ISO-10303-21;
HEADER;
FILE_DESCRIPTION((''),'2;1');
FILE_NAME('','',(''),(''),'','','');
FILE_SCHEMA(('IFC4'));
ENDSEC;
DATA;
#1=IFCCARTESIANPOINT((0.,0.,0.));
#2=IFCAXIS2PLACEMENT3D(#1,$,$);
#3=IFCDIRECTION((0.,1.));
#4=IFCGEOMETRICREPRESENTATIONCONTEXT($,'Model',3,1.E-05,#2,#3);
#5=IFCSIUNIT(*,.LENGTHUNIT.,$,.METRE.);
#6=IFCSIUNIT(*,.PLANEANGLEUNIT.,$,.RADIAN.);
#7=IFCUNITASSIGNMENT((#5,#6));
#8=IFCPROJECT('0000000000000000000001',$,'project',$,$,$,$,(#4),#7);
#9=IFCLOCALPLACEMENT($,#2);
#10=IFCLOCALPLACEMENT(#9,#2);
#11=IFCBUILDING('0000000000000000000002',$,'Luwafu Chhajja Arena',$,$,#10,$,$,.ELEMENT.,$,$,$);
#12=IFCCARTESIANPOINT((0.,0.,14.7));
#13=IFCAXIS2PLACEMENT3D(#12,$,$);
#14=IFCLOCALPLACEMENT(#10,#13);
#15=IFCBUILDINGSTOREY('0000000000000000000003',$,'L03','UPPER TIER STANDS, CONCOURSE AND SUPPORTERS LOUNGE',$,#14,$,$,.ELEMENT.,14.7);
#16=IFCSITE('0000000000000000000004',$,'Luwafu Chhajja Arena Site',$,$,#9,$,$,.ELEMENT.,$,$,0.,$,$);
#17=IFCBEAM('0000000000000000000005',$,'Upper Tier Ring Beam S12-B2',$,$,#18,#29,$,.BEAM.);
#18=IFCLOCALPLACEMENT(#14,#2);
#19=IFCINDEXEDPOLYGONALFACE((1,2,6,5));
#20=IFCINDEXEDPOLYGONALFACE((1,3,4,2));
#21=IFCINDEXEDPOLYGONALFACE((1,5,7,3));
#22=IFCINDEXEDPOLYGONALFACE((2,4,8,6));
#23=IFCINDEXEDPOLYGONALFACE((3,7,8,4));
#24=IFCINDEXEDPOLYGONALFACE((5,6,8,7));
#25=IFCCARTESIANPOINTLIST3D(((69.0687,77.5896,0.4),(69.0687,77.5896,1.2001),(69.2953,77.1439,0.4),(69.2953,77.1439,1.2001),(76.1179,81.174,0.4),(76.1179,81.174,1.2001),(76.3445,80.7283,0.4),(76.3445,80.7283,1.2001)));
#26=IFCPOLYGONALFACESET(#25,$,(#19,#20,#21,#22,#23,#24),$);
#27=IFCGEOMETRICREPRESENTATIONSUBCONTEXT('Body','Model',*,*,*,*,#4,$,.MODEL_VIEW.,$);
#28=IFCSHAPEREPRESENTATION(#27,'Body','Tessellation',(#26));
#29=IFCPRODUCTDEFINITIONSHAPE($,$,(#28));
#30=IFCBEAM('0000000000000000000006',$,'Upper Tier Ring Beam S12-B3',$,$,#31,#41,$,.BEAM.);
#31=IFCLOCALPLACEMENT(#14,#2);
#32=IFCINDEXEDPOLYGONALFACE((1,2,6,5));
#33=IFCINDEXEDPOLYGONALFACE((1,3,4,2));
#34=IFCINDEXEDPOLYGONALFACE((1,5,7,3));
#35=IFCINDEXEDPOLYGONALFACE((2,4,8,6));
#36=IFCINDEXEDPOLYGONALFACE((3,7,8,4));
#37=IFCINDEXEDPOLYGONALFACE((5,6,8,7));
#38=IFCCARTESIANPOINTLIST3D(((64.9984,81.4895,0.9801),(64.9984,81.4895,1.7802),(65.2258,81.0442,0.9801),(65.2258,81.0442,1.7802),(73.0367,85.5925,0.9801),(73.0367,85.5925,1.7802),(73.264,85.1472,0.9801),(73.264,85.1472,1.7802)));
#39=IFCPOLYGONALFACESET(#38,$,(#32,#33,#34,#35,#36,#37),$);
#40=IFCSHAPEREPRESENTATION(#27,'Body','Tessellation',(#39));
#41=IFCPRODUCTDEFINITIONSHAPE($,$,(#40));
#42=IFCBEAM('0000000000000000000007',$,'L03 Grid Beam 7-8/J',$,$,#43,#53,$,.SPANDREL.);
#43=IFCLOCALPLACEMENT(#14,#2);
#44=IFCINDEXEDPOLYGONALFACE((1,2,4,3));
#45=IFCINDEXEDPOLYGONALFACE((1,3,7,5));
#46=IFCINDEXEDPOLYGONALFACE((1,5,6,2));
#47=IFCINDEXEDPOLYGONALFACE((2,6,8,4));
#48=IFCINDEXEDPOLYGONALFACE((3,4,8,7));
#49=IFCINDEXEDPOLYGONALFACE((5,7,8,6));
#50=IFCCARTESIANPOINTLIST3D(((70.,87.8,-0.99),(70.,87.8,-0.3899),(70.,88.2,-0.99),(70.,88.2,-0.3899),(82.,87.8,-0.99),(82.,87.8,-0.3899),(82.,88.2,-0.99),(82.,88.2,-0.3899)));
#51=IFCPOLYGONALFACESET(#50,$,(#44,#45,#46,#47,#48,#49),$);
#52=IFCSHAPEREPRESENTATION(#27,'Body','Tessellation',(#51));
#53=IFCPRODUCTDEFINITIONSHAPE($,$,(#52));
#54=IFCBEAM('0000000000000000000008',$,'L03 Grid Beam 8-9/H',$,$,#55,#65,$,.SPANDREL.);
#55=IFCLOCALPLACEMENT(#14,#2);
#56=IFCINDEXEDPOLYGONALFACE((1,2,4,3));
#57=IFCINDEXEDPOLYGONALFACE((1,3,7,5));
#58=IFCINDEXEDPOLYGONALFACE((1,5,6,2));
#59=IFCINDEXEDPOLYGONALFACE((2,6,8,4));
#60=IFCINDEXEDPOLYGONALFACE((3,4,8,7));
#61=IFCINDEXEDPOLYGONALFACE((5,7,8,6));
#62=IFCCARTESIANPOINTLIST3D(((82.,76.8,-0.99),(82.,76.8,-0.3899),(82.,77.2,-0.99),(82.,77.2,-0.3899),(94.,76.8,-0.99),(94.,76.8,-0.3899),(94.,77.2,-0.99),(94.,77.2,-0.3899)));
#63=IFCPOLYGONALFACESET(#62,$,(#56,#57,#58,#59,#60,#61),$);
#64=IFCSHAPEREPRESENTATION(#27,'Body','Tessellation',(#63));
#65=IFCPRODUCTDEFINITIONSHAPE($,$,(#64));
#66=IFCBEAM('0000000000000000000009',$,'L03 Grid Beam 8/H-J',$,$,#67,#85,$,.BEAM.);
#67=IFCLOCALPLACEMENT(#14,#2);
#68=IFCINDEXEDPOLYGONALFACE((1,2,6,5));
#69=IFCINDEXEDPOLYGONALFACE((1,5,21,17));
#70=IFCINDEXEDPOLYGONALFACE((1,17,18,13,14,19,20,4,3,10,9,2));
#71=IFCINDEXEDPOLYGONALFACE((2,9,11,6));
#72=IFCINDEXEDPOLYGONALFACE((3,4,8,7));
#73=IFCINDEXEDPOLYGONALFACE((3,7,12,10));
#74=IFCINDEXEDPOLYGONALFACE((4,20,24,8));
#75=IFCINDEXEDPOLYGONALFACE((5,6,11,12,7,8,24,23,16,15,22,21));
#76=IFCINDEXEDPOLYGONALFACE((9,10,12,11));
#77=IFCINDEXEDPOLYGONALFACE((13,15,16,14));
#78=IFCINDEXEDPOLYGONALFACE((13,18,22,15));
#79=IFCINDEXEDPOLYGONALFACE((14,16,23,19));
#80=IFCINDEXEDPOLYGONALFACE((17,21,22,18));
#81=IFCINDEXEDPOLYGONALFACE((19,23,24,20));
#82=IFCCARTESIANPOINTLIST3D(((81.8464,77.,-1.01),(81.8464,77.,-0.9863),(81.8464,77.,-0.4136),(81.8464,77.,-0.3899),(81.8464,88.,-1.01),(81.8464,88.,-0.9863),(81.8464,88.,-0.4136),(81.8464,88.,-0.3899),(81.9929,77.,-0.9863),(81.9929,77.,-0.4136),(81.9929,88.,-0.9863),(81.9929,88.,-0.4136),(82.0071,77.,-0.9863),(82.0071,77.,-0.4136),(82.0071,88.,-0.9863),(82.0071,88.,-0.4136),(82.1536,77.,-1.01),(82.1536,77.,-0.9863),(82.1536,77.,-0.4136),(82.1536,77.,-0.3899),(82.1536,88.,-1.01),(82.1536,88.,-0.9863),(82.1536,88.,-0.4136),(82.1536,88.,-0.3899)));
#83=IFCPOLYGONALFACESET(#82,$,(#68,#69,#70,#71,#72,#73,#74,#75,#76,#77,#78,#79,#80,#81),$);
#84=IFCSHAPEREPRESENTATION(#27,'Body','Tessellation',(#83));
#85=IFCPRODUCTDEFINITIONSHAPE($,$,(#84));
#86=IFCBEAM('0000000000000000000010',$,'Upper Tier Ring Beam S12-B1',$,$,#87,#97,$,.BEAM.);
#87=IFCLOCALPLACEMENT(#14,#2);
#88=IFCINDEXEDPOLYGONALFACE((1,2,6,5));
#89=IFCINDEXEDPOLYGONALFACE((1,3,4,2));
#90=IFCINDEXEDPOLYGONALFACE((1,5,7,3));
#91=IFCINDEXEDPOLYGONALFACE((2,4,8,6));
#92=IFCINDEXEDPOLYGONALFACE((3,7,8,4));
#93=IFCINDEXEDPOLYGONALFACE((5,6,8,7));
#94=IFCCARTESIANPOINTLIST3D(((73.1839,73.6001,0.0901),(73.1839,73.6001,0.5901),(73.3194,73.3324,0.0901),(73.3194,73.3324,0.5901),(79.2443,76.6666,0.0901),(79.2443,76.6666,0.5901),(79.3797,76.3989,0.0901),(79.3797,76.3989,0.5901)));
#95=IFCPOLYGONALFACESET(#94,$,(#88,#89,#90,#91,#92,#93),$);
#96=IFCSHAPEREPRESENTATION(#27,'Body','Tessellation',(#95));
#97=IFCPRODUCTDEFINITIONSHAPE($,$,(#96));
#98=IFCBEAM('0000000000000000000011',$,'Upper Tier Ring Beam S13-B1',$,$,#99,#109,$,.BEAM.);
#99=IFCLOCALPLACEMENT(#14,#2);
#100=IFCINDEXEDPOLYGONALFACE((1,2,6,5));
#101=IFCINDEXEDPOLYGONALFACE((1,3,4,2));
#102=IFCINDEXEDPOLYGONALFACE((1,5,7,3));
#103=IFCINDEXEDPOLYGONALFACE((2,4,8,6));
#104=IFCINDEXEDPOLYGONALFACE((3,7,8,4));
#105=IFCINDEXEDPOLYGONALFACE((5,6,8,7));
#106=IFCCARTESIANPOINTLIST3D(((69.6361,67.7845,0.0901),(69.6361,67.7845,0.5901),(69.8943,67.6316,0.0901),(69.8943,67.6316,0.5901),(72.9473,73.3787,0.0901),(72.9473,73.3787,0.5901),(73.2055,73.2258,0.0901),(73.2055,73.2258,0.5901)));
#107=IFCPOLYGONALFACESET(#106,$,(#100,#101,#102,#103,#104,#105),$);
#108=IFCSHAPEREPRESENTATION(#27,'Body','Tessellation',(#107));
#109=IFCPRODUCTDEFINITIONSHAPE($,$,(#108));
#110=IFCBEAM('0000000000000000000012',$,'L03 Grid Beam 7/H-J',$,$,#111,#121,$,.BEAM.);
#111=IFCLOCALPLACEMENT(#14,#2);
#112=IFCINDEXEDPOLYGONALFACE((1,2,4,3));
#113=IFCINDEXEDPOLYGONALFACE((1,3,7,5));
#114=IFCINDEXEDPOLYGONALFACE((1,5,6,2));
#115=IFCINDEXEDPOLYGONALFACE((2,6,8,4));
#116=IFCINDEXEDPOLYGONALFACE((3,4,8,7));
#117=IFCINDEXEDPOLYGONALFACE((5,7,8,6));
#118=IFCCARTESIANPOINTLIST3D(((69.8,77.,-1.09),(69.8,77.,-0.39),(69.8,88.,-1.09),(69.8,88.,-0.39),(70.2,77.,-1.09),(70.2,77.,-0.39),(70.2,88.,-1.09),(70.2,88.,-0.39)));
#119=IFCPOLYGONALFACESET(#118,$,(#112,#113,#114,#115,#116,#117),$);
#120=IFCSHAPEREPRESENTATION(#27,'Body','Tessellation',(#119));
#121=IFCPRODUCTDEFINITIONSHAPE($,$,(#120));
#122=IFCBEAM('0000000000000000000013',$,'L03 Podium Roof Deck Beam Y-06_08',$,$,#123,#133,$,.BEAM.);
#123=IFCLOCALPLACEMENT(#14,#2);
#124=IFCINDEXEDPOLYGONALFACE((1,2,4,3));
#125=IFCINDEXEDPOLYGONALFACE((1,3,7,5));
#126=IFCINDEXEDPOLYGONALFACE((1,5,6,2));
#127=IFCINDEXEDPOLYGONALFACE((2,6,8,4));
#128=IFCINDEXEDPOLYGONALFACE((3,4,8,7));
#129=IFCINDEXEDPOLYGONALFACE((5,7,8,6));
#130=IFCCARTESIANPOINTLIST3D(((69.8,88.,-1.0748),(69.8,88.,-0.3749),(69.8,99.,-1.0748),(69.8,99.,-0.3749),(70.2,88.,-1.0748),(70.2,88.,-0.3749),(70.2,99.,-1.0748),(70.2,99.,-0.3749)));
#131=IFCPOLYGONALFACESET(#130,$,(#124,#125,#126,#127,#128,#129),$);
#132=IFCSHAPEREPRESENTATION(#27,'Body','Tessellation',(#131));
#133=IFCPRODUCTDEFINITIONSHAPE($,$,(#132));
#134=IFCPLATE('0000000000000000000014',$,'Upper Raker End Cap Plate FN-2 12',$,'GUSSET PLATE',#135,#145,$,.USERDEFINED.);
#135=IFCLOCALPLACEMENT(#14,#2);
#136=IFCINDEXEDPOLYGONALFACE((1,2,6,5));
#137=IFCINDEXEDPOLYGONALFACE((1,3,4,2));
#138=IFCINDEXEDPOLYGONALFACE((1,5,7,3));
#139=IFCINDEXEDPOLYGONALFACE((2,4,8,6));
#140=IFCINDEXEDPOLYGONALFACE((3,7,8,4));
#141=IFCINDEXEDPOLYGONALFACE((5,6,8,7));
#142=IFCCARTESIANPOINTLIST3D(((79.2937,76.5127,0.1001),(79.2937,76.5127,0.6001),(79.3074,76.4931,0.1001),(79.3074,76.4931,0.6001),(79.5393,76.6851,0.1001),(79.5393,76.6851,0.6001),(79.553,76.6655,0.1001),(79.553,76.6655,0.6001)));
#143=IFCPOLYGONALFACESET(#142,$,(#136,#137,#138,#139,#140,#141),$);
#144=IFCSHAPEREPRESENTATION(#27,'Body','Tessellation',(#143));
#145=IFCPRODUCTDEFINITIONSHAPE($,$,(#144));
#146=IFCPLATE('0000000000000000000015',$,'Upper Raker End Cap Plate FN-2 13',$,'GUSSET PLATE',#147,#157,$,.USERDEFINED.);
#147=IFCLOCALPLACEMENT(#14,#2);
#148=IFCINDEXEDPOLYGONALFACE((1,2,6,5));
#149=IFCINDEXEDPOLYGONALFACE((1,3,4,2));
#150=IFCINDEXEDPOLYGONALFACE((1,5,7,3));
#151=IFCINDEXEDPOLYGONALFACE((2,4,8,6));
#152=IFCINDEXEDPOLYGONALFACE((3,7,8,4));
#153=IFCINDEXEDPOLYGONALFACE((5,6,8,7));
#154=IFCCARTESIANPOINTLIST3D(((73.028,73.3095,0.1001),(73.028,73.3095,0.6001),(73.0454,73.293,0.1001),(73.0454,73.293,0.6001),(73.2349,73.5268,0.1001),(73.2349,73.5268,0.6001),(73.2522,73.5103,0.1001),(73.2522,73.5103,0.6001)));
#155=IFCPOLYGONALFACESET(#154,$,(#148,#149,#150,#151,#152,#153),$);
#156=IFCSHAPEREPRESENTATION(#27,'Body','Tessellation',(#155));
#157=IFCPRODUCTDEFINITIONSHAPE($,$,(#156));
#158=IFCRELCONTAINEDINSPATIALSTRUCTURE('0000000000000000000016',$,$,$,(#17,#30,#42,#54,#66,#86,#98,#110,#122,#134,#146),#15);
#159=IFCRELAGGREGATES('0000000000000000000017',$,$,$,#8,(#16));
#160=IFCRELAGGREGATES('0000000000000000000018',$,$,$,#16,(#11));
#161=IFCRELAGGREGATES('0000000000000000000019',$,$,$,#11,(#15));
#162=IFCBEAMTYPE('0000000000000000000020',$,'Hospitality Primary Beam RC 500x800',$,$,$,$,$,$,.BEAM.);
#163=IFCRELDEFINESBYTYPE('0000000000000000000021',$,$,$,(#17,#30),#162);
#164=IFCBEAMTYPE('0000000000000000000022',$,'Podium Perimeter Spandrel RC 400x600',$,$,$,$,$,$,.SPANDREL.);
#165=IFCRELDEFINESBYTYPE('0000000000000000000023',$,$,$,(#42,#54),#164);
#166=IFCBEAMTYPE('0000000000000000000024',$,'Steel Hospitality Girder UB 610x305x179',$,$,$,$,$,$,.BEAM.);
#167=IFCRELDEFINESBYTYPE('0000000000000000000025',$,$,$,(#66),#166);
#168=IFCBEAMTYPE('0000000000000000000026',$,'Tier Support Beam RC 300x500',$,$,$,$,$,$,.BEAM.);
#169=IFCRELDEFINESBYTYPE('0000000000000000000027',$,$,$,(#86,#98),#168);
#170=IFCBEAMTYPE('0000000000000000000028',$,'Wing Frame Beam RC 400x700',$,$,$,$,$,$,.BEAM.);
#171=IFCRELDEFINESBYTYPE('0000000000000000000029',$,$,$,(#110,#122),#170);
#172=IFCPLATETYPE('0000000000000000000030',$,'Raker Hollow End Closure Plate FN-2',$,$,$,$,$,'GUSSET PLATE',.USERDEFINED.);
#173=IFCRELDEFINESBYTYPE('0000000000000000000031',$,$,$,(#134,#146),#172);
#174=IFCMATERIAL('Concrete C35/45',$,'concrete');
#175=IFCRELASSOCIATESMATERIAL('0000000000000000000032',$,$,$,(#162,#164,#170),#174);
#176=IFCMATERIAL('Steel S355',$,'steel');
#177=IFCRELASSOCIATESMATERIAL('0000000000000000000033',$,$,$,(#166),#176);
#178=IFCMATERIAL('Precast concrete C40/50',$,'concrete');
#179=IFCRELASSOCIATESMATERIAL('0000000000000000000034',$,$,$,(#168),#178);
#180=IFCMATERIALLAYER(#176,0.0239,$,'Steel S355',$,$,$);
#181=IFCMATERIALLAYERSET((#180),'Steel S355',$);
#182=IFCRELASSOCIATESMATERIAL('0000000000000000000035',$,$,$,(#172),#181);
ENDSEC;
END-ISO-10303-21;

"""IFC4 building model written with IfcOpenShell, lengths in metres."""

from ifc_helpers import new_model, si_unit, direction, frame, origin, origin_2d, place, context, subcontext, project, spatial, rectangle, i_section, extrude, material, layer, layer_set, material_profile, profile_set, type_object, element, save


model = new_model("IFC4")

# Units and contexts
model_context = context("Model", 3, precision=1e-05, world=origin(), true_north=direction((0.0, 1.0)))
body_context = subcontext(model_context, "Body", "Model", "MODEL_VIEW")
ifc_project = project(units=[si_unit("LENGTHUNIT", "METRE"), si_unit("PLANEANGLEUNIT", "RADIAN")], contexts=[model_context])

# Site, building, storey
site_placement = place(None, origin())
site = spatial("IfcSite", under=ifc_project, at=site_placement, Name="Luwafu Chhajja Arena Site", CompositionType="ELEMENT", RefElevation=0.0)
building_placement = place(site_placement, origin())
building = spatial("IfcBuilding", under=site, at=building_placement, Name="Luwafu Chhajja Arena", CompositionType="ELEMENT")
storey_placement = place(building_placement, frame((0.0, 0.0, 14.7)))
storey = spatial("IfcBuildingStorey", under=building, at=storey_placement, Name="L03", Description="UPPER TIER STANDS, CONCOURSE AND SUPPORTERS LOUNGE", CompositionType="ELEMENT", Elevation=14.7)

# Shared definitions
ifc_material_1 = material(Name="Steel S355", Category="steel")
ifc_material_2 = material(Name="Concrete C35/45", Category="concrete")

# Beams
ifc_material_profile_1 = material_profile(ifc_material_2, rectangle(XDim=0.5, YDim=0.8, at=origin_2d()), Name="RC 500x800")
ifc_profile_set_1 = profile_set([ifc_material_profile_1], Name="Concrete C35/45")
beam_type_1 = type_object("IfcBeamType", Name="Hospitality Primary Beam RC 500x800", PredefinedType="BEAM", material=ifc_profile_set_1)
beam_1_placement = place(storey_placement, frame((76.2312, 80.9512, 0.8), z_axis=(-0.891381, -0.453254, 0.0), x_axis=(0.453254, -0.891381, 0.0)))
element("IfcBeam", 1, at=beam_1_placement, inside=storey, type_object=beam_type_1, Name="Upper Tier Ring Beam S12-B2", PredefinedType="BEAM", context=body_context, shape_type="SweptSolid", body=[
    extrude(rectangle(XDim=0.5, YDim=0.8, at=origin_2d()), origin(), (0.0, 0.0, 1.0), 7.9082),
])
beam_2_placement = place(storey_placement, frame((73.1504, 85.3699, 1.3801), z_axis=(-0.890679, -0.454632, 0.0), x_axis=(0.454632, -0.890679, 0.0)))
element("IfcBeam", 2, at=beam_2_placement, inside=storey, type_object=beam_type_1, Name="Upper Tier Ring Beam S12-B3", PredefinedType="BEAM", context=body_context, shape_type="SweptSolid", body=[
    extrude(rectangle(XDim=0.5, YDim=0.8, at=origin_2d()), origin(), (0.0, 0.0, 1.0), 9.0249),
])
ifc_material_profile_2 = material_profile(ifc_material_2, rectangle(XDim=0.3999, YDim=0.6001, at=origin_2d()), Name="RC 400x600")
ifc_profile_set_2 = profile_set([ifc_material_profile_2], Name="Concrete C35/45")
beam_type_2 = type_object("IfcBeamType", Name="Podium Perimeter Spandrel RC 400x600", PredefinedType="SPANDREL", material=ifc_profile_set_2)
for number, where, z_axis, x_axis, name in (
    (3, (70.0, 88.0, -0.6899), (1.0, 0.0, 0.0), (0.0, 1.0, 0.0), "L03 Grid Beam 7-8/J"),
    (4, (82.0, 77.0, -0.6899), (1.0, 0.0, 0.0), (0.0, 1.0, 0.0), "L03 Grid Beam 8-9/H"),
):
    element("IfcBeam", number, at=place(storey_placement, frame(where, z_axis=z_axis, x_axis=x_axis)), inside=storey, type_object=beam_type_2, Name=name, PredefinedType="SPANDREL", context=body_context, shape_type="SweptSolid", body=[
        extrude(rectangle(XDim=0.3999, YDim=0.6001, at=origin_2d()), origin(), (0.0, 0.0, 1.0), 12.0),
    ])
ifc_material_profile_3 = material_profile(ifc_material_1, i_section(OverallWidth=0.3071, OverallDepth=0.6201, WebThickness=0.0142, FlangeThickness=0.0237, at=origin_2d()), Name="UB 610x305x179")
ifc_profile_set_3 = profile_set([ifc_material_profile_3], Name="Steel S355")
beam_type_3 = type_object("IfcBeamType", Name="Steel Hospitality Girder UB 610x305x179", PredefinedType="BEAM", material=ifc_profile_set_3)
beam_3_placement = place(storey_placement, frame((82.0, 77.0, -0.7), z_axis=(0.0, 1.0, 0.0), x_axis=(-1.0, 0.0, 0.0)))
element("IfcBeam", 5, at=beam_3_placement, inside=storey, type_object=beam_type_3, Name="L03 Grid Beam 8/H-J", PredefinedType="BEAM", context=body_context, shape_type="SweptSolid", body=[
    extrude(i_section(OverallWidth=0.3071, OverallDepth=0.6201, WebThickness=0.0142, FlangeThickness=0.0237, at=origin_2d()), origin(), (0.0, 0.0, 1.0), 11.0),
])
ifc_material_3 = material(Name="Precast concrete C40/50", Category="concrete")
ifc_material_profile_4 = material_profile(ifc_material_3, rectangle(XDim=0.3, YDim=0.5, at=origin_2d()), Name="RC 300x500")
ifc_profile_set_4 = profile_set([ifc_material_profile_4], Name="Precast concrete C40/50")
beam_type_4 = type_object("IfcBeamType", Name="Tier Support Beam RC 300x500", PredefinedType="BEAM", material=ifc_profile_set_4)
beam_4_placement = place(storey_placement, frame((79.312, 76.5327, 0.3401), z_axis=(-0.892282, -0.451479, 0.0), x_axis=(0.451479, -0.892282, 0.0)))
element("IfcBeam", 6, at=beam_4_placement, inside=storey, type_object=beam_type_4, Name="Upper Tier Ring Beam S12-B1", PredefinedType="BEAM", context=body_context, shape_type="SweptSolid", body=[
    extrude(rectangle(XDim=0.3, YDim=0.5, at=origin_2d()), origin(), (0.0, 0.0, 1.0), 6.792),
])
beam_5_placement = place(storey_placement, frame((73.0764, 73.3022, 0.3401), z_axis=(-0.509367, -0.860549, 0.0), x_axis=(0.860549, -0.509367, 0.0)))
element("IfcBeam", 7, at=beam_5_placement, inside=storey, type_object=beam_type_4, Name="Upper Tier Ring Beam S13-B1", PredefinedType="BEAM", context=body_context, shape_type="SweptSolid", body=[
    extrude(rectangle(XDim=0.3, YDim=0.5, at=origin_2d()), origin(), (0.0, 0.0, 1.0), 6.5007),
])
ifc_material_profile_5 = material_profile(ifc_material_2, rectangle(XDim=0.3999, YDim=0.7, at=origin_2d()), Name="RC 400x700")
ifc_profile_set_5 = profile_set([ifc_material_profile_5], Name="Concrete C35/45")
beam_type_5 = type_object("IfcBeamType", Name="Wing Frame Beam RC 400x700", PredefinedType="BEAM", material=ifc_profile_set_5)
for number, where, z_axis, x_axis, name in (
    (8, (70.0, 77.0, -0.74), (0.0, 1.0, 0.0), (-1.0, 0.0, 0.0), "L03 Grid Beam 7/H-J"),
    (9, (70.0, 88.0, -0.7249), (0.0, 1.0, 0.0), (-1.0, 0.0, 0.0), "L03 Podium Roof Deck Beam Y-06_08"),
):
    element("IfcBeam", number, at=place(storey_placement, frame(where, z_axis=z_axis, x_axis=x_axis)), inside=storey, type_object=beam_type_5, Name=name, PredefinedType="BEAM", context=body_context, shape_type="SweptSolid", body=[
        extrude(rectangle(XDim=0.3999, YDim=0.7, at=origin_2d()), origin(), (0.0, 0.0, 1.0), 11.0),
    ])

# Plates
ifc_layer = layer(ifc_material_1, 0.0239, Name="Steel S355")
ifc_layer_set = layer_set([ifc_layer], Name="Steel S355")
plate_type = type_object("IfcPlateType", Name="Raker Hollow End Closure Plate FN-2", ElementType="GUSSET PLATE", PredefinedType="USERDEFINED", material=ifc_layer_set)
for number, where, z_axis, x_axis, name in (
    (10, (79.4233, 76.5891, 0.1001), (0.0, 0.0, 1.0), (-0.574601, 0.818434, 0.0), "Upper Raker End Cap Plate FN-2 12"),
    (11, (73.1401, 73.4099, 0.1001), (0.0, 0.0, 1.0), (-0.724375, 0.689406, 0.0), "Upper Raker End Cap Plate FN-2 13"),
):
    element("IfcPlate", number, at=place(storey_placement, frame(where, z_axis=z_axis, x_axis=x_axis)), inside=storey, type_object=plate_type, Name=name, ObjectType="GUSSET PLATE", PredefinedType="USERDEFINED", context=body_context, shape_type="SweptSolid", body=[
        extrude(rectangle(XDim=0.0239, YDim=0.3, at=origin_2d()), origin(), (0.0, 0.0, 1.0), 0.5),
    ])

save(model, "model.ifc")
